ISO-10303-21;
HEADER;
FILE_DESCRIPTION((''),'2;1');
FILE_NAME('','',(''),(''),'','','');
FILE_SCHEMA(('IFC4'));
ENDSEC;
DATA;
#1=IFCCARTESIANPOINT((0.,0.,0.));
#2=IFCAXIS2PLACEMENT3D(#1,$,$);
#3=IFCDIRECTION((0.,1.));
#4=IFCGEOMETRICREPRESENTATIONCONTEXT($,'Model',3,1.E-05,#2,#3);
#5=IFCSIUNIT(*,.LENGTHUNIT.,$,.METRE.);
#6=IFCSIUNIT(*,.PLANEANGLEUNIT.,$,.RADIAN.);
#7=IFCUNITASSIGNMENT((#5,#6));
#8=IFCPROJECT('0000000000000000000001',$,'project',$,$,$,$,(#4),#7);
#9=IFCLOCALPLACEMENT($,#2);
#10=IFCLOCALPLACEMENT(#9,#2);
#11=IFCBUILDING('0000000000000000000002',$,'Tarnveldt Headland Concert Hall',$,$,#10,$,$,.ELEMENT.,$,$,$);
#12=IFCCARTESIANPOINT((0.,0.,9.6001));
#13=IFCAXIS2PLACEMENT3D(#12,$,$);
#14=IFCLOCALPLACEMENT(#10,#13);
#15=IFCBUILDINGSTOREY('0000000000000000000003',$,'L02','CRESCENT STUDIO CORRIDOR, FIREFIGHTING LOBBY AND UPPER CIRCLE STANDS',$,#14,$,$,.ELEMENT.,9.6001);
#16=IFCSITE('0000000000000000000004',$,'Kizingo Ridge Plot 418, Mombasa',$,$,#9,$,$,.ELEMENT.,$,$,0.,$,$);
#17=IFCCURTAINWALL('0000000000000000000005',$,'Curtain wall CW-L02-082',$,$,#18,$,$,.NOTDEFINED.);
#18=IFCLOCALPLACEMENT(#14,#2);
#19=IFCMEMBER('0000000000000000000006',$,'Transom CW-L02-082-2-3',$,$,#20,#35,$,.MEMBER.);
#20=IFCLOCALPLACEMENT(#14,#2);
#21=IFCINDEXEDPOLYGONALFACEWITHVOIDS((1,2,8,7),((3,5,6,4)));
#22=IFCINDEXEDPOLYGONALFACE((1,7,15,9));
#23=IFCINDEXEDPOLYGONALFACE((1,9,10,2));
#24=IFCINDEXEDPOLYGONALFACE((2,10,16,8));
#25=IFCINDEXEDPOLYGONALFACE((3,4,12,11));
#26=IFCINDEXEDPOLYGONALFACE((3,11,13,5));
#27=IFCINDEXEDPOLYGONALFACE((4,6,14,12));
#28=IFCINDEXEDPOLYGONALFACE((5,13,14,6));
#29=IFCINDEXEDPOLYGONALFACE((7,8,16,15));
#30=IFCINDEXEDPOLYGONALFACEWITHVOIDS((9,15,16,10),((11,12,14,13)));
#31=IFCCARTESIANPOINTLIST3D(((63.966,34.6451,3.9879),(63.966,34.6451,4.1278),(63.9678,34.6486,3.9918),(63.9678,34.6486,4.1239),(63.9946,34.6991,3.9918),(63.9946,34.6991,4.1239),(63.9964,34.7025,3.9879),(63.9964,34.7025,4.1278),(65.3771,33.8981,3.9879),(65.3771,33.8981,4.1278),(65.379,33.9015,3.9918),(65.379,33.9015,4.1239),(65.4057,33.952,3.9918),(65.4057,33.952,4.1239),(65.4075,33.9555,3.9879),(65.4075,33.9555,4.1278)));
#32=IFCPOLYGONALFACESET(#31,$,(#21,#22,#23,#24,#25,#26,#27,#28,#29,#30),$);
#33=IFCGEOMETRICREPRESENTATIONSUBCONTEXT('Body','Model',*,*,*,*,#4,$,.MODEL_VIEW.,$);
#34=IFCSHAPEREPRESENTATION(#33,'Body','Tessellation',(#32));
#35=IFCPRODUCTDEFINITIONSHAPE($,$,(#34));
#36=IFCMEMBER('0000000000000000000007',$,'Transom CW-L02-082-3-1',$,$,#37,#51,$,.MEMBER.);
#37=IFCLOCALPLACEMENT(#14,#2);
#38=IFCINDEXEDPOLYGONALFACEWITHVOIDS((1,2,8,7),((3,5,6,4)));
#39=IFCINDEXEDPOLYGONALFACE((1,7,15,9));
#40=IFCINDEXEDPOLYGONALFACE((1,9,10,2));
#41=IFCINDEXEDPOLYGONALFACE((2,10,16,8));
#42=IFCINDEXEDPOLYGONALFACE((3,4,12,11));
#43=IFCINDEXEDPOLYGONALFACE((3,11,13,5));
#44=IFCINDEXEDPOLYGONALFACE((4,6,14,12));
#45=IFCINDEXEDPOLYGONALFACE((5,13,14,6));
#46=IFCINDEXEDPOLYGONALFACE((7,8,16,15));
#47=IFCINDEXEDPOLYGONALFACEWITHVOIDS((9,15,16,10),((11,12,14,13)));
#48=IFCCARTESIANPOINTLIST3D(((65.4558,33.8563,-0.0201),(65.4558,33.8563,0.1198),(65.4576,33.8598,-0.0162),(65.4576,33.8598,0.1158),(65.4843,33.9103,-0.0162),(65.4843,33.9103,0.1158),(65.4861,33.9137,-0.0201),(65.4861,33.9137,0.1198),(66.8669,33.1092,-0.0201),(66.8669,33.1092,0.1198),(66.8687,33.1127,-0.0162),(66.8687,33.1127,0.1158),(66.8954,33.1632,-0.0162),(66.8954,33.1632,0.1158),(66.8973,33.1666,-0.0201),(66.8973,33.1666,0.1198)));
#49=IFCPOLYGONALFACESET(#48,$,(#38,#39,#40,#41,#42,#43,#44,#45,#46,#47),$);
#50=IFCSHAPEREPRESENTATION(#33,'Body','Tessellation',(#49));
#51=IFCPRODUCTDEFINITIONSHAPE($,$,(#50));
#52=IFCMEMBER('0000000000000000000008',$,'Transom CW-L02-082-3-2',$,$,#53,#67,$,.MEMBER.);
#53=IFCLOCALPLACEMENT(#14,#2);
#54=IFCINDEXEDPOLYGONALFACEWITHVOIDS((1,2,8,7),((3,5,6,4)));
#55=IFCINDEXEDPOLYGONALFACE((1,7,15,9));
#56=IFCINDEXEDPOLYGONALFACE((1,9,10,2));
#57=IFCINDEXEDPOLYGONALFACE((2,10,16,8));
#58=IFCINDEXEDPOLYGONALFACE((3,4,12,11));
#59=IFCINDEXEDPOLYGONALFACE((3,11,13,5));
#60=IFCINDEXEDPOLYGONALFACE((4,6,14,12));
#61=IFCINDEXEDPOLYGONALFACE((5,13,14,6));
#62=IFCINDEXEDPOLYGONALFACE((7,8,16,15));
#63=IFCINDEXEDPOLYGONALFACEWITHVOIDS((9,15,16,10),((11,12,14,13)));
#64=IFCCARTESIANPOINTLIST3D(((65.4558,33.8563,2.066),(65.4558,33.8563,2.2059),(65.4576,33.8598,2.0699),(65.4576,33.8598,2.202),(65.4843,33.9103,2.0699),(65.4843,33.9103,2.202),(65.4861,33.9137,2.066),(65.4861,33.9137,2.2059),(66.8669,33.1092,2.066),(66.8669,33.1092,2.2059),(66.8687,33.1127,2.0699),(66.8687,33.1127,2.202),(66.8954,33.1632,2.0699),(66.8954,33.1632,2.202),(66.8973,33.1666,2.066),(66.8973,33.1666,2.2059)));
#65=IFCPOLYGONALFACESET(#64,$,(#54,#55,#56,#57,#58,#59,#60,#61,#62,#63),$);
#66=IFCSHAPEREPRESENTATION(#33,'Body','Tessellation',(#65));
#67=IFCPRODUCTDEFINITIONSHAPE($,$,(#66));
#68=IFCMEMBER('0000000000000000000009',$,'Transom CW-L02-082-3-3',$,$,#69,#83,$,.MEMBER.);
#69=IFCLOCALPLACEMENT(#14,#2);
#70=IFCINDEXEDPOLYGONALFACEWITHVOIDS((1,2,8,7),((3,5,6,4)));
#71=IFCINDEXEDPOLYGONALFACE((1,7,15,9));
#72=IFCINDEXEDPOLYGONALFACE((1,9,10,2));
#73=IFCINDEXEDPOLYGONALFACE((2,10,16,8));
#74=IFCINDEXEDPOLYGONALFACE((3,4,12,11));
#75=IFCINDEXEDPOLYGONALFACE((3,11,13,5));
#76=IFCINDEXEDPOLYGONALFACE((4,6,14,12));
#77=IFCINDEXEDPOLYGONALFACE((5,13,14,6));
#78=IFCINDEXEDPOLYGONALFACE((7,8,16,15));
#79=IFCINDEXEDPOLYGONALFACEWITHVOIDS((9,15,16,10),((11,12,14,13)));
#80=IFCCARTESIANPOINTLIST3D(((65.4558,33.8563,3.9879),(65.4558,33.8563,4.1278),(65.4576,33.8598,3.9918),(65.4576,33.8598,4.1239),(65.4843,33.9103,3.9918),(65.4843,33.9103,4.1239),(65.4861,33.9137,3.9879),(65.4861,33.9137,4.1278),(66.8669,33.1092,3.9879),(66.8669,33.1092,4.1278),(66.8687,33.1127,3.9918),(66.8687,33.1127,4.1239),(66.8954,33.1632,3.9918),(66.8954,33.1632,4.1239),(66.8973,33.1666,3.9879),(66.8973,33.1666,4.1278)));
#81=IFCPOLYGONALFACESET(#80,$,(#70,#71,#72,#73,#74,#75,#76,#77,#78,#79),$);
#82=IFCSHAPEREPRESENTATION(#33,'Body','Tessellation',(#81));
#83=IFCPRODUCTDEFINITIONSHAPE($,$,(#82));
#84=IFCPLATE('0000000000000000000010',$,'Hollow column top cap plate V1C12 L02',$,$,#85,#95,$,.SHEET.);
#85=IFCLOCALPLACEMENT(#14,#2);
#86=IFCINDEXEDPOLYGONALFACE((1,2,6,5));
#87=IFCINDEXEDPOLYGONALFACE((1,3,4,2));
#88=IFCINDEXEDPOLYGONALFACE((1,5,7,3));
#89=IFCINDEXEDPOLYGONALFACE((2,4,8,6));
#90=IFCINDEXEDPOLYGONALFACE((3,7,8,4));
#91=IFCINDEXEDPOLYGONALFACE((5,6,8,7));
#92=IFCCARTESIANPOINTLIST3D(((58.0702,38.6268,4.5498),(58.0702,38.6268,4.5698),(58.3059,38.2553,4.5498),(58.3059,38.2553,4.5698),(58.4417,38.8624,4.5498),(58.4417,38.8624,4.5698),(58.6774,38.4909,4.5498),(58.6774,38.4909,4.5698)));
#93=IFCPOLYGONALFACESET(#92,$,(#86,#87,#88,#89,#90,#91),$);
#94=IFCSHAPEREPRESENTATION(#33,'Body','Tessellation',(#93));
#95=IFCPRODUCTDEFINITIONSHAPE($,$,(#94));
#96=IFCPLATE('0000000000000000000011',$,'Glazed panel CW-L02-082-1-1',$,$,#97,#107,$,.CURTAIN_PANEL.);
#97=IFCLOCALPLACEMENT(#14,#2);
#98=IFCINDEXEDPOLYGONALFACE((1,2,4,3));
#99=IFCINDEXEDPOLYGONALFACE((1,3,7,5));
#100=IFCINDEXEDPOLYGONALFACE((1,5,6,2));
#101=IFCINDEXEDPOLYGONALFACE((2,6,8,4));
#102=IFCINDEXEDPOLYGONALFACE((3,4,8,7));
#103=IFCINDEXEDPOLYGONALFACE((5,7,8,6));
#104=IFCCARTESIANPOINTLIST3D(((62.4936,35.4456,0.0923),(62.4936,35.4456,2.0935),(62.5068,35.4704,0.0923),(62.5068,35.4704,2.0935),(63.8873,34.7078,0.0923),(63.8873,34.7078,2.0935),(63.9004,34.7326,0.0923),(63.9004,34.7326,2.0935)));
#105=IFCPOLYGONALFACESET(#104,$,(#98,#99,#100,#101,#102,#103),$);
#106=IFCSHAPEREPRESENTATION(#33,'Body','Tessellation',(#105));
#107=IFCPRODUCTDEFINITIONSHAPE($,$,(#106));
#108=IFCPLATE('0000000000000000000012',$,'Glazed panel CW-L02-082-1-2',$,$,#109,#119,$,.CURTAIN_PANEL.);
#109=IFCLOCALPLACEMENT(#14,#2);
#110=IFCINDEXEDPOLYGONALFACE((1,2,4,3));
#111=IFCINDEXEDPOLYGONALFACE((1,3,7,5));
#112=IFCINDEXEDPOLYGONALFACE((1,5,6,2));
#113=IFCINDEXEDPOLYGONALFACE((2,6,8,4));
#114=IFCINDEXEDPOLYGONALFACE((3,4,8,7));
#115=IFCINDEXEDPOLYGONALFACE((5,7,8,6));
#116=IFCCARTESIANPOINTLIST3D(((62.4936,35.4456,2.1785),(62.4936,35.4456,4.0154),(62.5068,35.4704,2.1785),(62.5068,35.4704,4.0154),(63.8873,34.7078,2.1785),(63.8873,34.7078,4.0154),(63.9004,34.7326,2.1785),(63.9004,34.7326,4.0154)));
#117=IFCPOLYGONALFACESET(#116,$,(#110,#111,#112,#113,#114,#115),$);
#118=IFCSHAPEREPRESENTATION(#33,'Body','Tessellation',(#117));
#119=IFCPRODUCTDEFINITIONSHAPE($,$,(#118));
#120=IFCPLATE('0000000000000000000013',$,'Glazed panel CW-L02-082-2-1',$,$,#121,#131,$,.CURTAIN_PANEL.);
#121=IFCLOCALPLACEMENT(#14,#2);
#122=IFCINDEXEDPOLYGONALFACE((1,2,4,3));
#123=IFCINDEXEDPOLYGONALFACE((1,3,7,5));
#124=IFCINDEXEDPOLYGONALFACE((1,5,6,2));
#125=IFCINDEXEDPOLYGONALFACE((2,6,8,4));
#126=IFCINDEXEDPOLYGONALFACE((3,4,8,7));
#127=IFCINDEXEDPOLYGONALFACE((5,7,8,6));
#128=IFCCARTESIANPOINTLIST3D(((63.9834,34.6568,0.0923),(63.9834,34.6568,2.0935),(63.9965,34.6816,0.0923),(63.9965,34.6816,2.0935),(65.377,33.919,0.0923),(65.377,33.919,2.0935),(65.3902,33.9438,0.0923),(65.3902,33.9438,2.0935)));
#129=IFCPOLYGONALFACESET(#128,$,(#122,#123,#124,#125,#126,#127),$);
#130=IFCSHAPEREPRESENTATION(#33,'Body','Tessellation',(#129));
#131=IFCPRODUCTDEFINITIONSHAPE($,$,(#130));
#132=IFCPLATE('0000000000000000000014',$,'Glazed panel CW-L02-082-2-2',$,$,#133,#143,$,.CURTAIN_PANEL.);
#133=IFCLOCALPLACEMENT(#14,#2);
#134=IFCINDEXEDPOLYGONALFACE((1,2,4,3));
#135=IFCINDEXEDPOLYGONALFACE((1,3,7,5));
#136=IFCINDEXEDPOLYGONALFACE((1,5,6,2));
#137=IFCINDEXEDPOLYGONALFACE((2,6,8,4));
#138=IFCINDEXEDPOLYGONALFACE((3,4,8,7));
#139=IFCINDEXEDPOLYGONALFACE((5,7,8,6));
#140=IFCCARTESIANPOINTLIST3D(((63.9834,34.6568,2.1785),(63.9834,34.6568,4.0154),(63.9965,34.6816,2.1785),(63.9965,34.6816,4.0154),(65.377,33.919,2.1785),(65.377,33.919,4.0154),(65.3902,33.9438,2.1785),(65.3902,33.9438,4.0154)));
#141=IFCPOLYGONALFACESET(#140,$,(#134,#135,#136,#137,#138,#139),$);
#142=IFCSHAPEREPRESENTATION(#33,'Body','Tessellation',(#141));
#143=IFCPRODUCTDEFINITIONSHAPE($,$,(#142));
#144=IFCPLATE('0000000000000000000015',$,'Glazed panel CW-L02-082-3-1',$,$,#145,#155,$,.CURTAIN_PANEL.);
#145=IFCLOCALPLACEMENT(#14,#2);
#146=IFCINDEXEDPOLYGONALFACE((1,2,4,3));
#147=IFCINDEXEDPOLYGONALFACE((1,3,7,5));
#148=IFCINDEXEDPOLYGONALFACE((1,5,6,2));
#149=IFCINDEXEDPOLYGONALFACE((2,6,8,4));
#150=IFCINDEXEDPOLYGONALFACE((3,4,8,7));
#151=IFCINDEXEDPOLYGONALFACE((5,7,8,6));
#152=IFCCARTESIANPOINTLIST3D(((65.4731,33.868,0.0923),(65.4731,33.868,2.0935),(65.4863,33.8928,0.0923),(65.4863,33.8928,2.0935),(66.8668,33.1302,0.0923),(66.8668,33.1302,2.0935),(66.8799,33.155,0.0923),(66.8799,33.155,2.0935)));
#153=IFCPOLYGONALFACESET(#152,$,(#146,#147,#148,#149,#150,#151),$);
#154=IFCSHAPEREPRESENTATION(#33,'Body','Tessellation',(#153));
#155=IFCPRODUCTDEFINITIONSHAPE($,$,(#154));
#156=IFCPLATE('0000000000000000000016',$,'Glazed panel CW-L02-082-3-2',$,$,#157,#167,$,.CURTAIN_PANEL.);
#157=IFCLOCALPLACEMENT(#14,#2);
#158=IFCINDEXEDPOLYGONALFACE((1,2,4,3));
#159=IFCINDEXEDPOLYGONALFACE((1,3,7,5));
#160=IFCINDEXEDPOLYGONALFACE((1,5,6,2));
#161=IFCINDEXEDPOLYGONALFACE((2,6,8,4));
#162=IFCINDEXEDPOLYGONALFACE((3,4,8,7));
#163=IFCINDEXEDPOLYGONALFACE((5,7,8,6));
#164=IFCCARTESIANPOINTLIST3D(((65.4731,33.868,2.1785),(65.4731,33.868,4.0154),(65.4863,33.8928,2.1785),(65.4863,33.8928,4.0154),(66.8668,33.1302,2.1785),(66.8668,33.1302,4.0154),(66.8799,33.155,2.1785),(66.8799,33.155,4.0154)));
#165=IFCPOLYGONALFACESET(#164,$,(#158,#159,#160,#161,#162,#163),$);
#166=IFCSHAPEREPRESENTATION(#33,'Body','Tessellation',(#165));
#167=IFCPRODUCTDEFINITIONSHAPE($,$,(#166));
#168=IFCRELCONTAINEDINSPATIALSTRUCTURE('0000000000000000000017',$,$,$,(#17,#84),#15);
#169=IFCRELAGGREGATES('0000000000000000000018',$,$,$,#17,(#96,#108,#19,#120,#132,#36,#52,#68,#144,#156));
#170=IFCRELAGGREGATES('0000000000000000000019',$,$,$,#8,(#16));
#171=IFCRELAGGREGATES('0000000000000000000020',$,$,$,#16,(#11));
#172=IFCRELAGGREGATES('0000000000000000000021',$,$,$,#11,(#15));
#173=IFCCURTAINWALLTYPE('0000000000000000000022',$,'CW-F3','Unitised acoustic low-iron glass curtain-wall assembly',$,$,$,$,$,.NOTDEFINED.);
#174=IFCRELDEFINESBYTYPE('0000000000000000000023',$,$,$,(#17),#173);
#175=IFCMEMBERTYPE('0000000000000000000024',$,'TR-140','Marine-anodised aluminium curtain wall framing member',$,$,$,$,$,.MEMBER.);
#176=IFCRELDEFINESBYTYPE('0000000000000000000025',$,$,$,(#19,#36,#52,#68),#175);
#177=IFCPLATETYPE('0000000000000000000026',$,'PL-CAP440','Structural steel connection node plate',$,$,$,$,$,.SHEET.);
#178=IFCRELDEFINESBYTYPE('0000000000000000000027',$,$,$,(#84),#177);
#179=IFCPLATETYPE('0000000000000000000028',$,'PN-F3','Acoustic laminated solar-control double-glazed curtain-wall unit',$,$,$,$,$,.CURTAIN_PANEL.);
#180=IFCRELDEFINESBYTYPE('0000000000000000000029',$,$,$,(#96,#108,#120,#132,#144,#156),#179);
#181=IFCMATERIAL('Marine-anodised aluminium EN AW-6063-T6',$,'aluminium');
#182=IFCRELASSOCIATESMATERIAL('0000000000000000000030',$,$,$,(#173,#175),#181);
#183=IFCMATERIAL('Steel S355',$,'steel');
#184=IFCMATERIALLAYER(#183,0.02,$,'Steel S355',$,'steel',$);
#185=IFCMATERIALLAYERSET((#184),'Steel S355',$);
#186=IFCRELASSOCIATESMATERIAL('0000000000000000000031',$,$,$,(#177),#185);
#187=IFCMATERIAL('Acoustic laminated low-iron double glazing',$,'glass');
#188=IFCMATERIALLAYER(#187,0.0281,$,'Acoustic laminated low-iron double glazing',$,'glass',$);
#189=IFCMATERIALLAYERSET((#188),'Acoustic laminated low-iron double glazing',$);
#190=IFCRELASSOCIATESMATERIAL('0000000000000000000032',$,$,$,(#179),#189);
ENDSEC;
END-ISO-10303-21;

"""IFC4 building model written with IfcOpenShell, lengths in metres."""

from ifc_helpers import new_model, si_unit, direction, frame, origin, origin_2d, place, context, subcontext, project, spatial, rectangle, hollow_rectangle, extrude, material, layer, layer_set, material_profile, profile_set, type_object, element, aggregate, save


model = new_model("IFC4")

# Units and contexts
model_context = context("Model", 3, precision=1e-05, world=origin(), true_north=direction((0.0, 1.0)))
body_context = subcontext(model_context, "Body", "Model", "MODEL_VIEW")
ifc_project = project(units=[si_unit("LENGTHUNIT", "METRE"), si_unit("PLANEANGLEUNIT", "RADIAN")], contexts=[model_context])

# Site, building, storey
site_placement = place(None, origin())
site = spatial("IfcSite", under=ifc_project, at=site_placement, Name="Kizingo Ridge Plot 418, Mombasa", CompositionType="ELEMENT", RefElevation=0.0)
building_placement = place(site_placement, origin())
building = spatial("IfcBuilding", under=site, at=building_placement, Name="Tarnveldt Headland Concert Hall", CompositionType="ELEMENT")
storey_placement = place(building_placement, frame((0.0, 0.0, 9.6001)))
storey = spatial("IfcBuildingStorey", under=building, at=storey_placement, Name="L02", Description="CRESCENT STUDIO CORRIDOR, FIREFIGHTING LOBBY AND UPPER CIRCLE STANDS", CompositionType="ELEMENT", Elevation=9.6001)

# Shared definitions
ifc_material_1 = material(Name="Steel S355", Category="steel")

# Shared definitions
ifc_material_2 = material(Name="Marine-anodised aluminium EN AW-6063-T6", Category="aluminium")
curtain_wall_type = type_object("IfcCurtainWallType", Name="CW-F3", Description="Unitised acoustic low-iron glass curtain-wall assembly", PredefinedType="NOTDEFINED", material=ifc_material_2)

# Curtain wall
curtain_wall_1_placement = place(storey_placement, origin())
curtain_wall_1 = element("IfcCurtainWall", 1, at=curtain_wall_1_placement, inside=storey, type_object=curtain_wall_type, Name="Curtain wall CW-L02-082", PredefinedType="NOTDEFINED")

# Members
ifc_material_profile_1 = material_profile(ifc_material_2, hollow_rectangle(XDim=0.0649, YDim=0.1399, WallThickness=0.0039, at=origin_2d()), Name="ALU TRANSOM 65x140x4", Category="aluminium")
ifc_profile_set_1 = profile_set([ifc_material_profile_1], Name="Marine-anodised aluminium EN AW-6063-T6")
member_type_1 = type_object("IfcMemberType", Name="TR-140", Description="Marine-anodised aluminium curtain wall framing member", PredefinedType="MEMBER", material=ifc_profile_set_1)
member_1_placement = place(storey_placement, frame((63.9812, 34.6738, 4.0579), z_axis=(0.883788, -0.467888, 0.0), x_axis=(0.467888, 0.883788, 0.0)))
member_1 = element("IfcMember", 2, at=member_1_placement, type_object=member_type_1, Name="Transom CW-L02-082-2-3", PredefinedType="MEMBER", context=body_context, shape_type="SweptSolid", body=[
    extrude(hollow_rectangle(XDim=0.0649, YDim=0.1399, WallThickness=0.0039, at=origin_2d()), origin(), (0.0, 0.0, 1.0), 1.5967),
])
member_2_placement = place(storey_placement, frame((65.4709, 33.885, 0.0498), z_axis=(0.883788, -0.467888, 0.0), x_axis=(0.467888, 0.883788, 0.0)))
member_2 = element("IfcMember", 3, at=member_2_placement, type_object=member_type_1, Name="Transom CW-L02-082-3-1", PredefinedType="MEMBER", context=body_context, shape_type="SweptSolid", body=[
    extrude(hollow_rectangle(XDim=0.0649, YDim=0.1399, WallThickness=0.0039, at=origin_2d()), origin(), (0.0, 0.0, 1.0), 1.5967),
])
member_3_placement = place(storey_placement, frame((65.4709, 33.885, 2.136), z_axis=(0.883788, -0.467888, 0.0), x_axis=(0.467888, 0.883788, 0.0)))
member_3 = element("IfcMember", 4, at=member_3_placement, type_object=member_type_1, Name="Transom CW-L02-082-3-2", PredefinedType="MEMBER", context=body_context, shape_type="SweptSolid", body=[
    extrude(hollow_rectangle(XDim=0.0649, YDim=0.1399, WallThickness=0.0039, at=origin_2d()), origin(), (0.0, 0.0, 1.0), 1.5967),
])
member_4_placement = place(storey_placement, frame((65.4709, 33.885, 4.0579), z_axis=(0.883788, -0.467888, 0.0), x_axis=(0.467888, 0.883788, 0.0)))
member_4 = element("IfcMember", 5, at=member_4_placement, type_object=member_type_1, Name="Transom CW-L02-082-3-3", PredefinedType="MEMBER", context=body_context, shape_type="SweptSolid", body=[
    extrude(hollow_rectangle(XDim=0.0649, YDim=0.1399, WallThickness=0.0039, at=origin_2d()), origin(), (0.0, 0.0, 1.0), 1.5967),
])

# Plates
ifc_layer_1 = layer(ifc_material_1, 0.02, Name="Steel S355", Category="steel")
ifc_layer_set_1 = layer_set([ifc_layer_1], Name="Steel S355")
plate_type_1 = type_object("IfcPlateType", Name="PL-CAP440", Description="Structural steel connection node plate", PredefinedType="SHEET", material=ifc_layer_set_1)
plate_1_placement = place(storey_placement, frame((58.3738, 38.5588, 4.5498), z_axis=(0.0, 0.0, 1.0), x_axis=(-0.844421, -0.535679, 0.0)))
element("IfcPlate", 6, at=plate_1_placement, inside=storey, type_object=plate_type_1, Name="Hollow column top cap plate V1C12 L02", PredefinedType="SHEET", context=body_context, shape_type="SweptSolid", body=[
    extrude(rectangle(XDim=0.4399, YDim=0.4399, at=origin_2d()), origin(), (0.0, 0.0, 1.0), 0.02),
])
ifc_material_3 = material(Name="Acoustic laminated low-iron double glazing", Category="glass")
ifc_layer_2 = layer(ifc_material_3, 0.0281, Name="Acoustic laminated low-iron double glazing", Category="glass")
ifc_layer_set_2 = layer_set([ifc_layer_2], Name="Acoustic laminated low-iron double glazing")
plate_type_2 = type_object("IfcPlateType", Name="PN-F3", Description="Acoustic laminated solar-control double-glazed curtain-wall unit", PredefinedType="CURTAIN_PANEL", material=ifc_layer_set_2)
plate_2_placement = place(storey_placement, frame((63.197, 35.0891, 0.0923), z_axis=(0.0, 0.0, 1.0), x_axis=(0.883782, -0.467899, 0.0)))
plate_2 = element("IfcPlate", 7, at=plate_2_placement, type_object=plate_type_2, Name="Glazed panel CW-L02-082-1-1", PredefinedType="CURTAIN_PANEL", context=body_context, shape_type="SweptSolid", body=[
    extrude(rectangle(XDim=1.5769, YDim=0.0281, at=origin_2d()), origin(), (0.0, 0.0, 1.0), 2.0012),
])
plate_3_placement = place(storey_placement, frame((63.197, 35.0891, 2.1785), z_axis=(0.0, 0.0, 1.0), x_axis=(0.883782, -0.467899, 0.0)))
plate_3 = element("IfcPlate", 8, at=plate_3_placement, type_object=plate_type_2, Name="Glazed panel CW-L02-082-1-2", PredefinedType="CURTAIN_PANEL", context=body_context, shape_type="SweptSolid", body=[
    extrude(rectangle(XDim=1.5769, YDim=0.0281, at=origin_2d()), origin(), (0.0, 0.0, 1.0), 1.8369),
])
plate_4_placement = place(storey_placement, frame((64.6868, 34.3003, 0.0923), z_axis=(0.0, 0.0, 1.0), x_axis=(0.883782, -0.467899, 0.0)))
plate_4 = element("IfcPlate", 9, at=plate_4_placement, type_object=plate_type_2, Name="Glazed panel CW-L02-082-2-1", PredefinedType="CURTAIN_PANEL", context=body_context, shape_type="SweptSolid", body=[
    extrude(rectangle(XDim=1.5769, YDim=0.0281, at=origin_2d()), origin(), (0.0, 0.0, 1.0), 2.0012),
])
plate_5_placement = place(storey_placement, frame((64.6868, 34.3003, 2.1785), z_axis=(0.0, 0.0, 1.0), x_axis=(0.883782, -0.467899, 0.0)))
plate_5 = element("IfcPlate", 10, at=plate_5_placement, type_object=plate_type_2, Name="Glazed panel CW-L02-082-2-2", PredefinedType="CURTAIN_PANEL", context=body_context, shape_type="SweptSolid", body=[
    extrude(rectangle(XDim=1.5769, YDim=0.0281, at=origin_2d()), origin(), (0.0, 0.0, 1.0), 1.8369),
])
plate_6_placement = place(storey_placement, frame((66.1765, 33.5115, 0.0923), z_axis=(0.0, 0.0, 1.0), x_axis=(0.883782, -0.467899, 0.0)))
plate_6 = element("IfcPlate", 11, at=plate_6_placement, type_object=plate_type_2, Name="Glazed panel CW-L02-082-3-1", PredefinedType="CURTAIN_PANEL", context=body_context, shape_type="SweptSolid", body=[
    extrude(rectangle(XDim=1.5769, YDim=0.0281, at=origin_2d()), origin(), (0.0, 0.0, 1.0), 2.0012),
])
plate_7_placement = place(storey_placement, frame((66.1765, 33.5115, 2.1785), z_axis=(0.0, 0.0, 1.0), x_axis=(0.883782, -0.467899, 0.0)))
plate_7 = element("IfcPlate", 12, at=plate_7_placement, type_object=plate_type_2, Name="Glazed panel CW-L02-082-3-2", PredefinedType="CURTAIN_PANEL", context=body_context, shape_type="SweptSolid", body=[
    extrude(rectangle(XDim=1.5769, YDim=0.0281, at=origin_2d()), origin(), (0.0, 0.0, 1.0), 1.8369),
])
aggregate(curtain_wall_1, [plate_2, plate_3, member_1, plate_4, plate_5, member_2, member_3, member_4, plate_6, plate_7])

save(model, "model.ifc")
